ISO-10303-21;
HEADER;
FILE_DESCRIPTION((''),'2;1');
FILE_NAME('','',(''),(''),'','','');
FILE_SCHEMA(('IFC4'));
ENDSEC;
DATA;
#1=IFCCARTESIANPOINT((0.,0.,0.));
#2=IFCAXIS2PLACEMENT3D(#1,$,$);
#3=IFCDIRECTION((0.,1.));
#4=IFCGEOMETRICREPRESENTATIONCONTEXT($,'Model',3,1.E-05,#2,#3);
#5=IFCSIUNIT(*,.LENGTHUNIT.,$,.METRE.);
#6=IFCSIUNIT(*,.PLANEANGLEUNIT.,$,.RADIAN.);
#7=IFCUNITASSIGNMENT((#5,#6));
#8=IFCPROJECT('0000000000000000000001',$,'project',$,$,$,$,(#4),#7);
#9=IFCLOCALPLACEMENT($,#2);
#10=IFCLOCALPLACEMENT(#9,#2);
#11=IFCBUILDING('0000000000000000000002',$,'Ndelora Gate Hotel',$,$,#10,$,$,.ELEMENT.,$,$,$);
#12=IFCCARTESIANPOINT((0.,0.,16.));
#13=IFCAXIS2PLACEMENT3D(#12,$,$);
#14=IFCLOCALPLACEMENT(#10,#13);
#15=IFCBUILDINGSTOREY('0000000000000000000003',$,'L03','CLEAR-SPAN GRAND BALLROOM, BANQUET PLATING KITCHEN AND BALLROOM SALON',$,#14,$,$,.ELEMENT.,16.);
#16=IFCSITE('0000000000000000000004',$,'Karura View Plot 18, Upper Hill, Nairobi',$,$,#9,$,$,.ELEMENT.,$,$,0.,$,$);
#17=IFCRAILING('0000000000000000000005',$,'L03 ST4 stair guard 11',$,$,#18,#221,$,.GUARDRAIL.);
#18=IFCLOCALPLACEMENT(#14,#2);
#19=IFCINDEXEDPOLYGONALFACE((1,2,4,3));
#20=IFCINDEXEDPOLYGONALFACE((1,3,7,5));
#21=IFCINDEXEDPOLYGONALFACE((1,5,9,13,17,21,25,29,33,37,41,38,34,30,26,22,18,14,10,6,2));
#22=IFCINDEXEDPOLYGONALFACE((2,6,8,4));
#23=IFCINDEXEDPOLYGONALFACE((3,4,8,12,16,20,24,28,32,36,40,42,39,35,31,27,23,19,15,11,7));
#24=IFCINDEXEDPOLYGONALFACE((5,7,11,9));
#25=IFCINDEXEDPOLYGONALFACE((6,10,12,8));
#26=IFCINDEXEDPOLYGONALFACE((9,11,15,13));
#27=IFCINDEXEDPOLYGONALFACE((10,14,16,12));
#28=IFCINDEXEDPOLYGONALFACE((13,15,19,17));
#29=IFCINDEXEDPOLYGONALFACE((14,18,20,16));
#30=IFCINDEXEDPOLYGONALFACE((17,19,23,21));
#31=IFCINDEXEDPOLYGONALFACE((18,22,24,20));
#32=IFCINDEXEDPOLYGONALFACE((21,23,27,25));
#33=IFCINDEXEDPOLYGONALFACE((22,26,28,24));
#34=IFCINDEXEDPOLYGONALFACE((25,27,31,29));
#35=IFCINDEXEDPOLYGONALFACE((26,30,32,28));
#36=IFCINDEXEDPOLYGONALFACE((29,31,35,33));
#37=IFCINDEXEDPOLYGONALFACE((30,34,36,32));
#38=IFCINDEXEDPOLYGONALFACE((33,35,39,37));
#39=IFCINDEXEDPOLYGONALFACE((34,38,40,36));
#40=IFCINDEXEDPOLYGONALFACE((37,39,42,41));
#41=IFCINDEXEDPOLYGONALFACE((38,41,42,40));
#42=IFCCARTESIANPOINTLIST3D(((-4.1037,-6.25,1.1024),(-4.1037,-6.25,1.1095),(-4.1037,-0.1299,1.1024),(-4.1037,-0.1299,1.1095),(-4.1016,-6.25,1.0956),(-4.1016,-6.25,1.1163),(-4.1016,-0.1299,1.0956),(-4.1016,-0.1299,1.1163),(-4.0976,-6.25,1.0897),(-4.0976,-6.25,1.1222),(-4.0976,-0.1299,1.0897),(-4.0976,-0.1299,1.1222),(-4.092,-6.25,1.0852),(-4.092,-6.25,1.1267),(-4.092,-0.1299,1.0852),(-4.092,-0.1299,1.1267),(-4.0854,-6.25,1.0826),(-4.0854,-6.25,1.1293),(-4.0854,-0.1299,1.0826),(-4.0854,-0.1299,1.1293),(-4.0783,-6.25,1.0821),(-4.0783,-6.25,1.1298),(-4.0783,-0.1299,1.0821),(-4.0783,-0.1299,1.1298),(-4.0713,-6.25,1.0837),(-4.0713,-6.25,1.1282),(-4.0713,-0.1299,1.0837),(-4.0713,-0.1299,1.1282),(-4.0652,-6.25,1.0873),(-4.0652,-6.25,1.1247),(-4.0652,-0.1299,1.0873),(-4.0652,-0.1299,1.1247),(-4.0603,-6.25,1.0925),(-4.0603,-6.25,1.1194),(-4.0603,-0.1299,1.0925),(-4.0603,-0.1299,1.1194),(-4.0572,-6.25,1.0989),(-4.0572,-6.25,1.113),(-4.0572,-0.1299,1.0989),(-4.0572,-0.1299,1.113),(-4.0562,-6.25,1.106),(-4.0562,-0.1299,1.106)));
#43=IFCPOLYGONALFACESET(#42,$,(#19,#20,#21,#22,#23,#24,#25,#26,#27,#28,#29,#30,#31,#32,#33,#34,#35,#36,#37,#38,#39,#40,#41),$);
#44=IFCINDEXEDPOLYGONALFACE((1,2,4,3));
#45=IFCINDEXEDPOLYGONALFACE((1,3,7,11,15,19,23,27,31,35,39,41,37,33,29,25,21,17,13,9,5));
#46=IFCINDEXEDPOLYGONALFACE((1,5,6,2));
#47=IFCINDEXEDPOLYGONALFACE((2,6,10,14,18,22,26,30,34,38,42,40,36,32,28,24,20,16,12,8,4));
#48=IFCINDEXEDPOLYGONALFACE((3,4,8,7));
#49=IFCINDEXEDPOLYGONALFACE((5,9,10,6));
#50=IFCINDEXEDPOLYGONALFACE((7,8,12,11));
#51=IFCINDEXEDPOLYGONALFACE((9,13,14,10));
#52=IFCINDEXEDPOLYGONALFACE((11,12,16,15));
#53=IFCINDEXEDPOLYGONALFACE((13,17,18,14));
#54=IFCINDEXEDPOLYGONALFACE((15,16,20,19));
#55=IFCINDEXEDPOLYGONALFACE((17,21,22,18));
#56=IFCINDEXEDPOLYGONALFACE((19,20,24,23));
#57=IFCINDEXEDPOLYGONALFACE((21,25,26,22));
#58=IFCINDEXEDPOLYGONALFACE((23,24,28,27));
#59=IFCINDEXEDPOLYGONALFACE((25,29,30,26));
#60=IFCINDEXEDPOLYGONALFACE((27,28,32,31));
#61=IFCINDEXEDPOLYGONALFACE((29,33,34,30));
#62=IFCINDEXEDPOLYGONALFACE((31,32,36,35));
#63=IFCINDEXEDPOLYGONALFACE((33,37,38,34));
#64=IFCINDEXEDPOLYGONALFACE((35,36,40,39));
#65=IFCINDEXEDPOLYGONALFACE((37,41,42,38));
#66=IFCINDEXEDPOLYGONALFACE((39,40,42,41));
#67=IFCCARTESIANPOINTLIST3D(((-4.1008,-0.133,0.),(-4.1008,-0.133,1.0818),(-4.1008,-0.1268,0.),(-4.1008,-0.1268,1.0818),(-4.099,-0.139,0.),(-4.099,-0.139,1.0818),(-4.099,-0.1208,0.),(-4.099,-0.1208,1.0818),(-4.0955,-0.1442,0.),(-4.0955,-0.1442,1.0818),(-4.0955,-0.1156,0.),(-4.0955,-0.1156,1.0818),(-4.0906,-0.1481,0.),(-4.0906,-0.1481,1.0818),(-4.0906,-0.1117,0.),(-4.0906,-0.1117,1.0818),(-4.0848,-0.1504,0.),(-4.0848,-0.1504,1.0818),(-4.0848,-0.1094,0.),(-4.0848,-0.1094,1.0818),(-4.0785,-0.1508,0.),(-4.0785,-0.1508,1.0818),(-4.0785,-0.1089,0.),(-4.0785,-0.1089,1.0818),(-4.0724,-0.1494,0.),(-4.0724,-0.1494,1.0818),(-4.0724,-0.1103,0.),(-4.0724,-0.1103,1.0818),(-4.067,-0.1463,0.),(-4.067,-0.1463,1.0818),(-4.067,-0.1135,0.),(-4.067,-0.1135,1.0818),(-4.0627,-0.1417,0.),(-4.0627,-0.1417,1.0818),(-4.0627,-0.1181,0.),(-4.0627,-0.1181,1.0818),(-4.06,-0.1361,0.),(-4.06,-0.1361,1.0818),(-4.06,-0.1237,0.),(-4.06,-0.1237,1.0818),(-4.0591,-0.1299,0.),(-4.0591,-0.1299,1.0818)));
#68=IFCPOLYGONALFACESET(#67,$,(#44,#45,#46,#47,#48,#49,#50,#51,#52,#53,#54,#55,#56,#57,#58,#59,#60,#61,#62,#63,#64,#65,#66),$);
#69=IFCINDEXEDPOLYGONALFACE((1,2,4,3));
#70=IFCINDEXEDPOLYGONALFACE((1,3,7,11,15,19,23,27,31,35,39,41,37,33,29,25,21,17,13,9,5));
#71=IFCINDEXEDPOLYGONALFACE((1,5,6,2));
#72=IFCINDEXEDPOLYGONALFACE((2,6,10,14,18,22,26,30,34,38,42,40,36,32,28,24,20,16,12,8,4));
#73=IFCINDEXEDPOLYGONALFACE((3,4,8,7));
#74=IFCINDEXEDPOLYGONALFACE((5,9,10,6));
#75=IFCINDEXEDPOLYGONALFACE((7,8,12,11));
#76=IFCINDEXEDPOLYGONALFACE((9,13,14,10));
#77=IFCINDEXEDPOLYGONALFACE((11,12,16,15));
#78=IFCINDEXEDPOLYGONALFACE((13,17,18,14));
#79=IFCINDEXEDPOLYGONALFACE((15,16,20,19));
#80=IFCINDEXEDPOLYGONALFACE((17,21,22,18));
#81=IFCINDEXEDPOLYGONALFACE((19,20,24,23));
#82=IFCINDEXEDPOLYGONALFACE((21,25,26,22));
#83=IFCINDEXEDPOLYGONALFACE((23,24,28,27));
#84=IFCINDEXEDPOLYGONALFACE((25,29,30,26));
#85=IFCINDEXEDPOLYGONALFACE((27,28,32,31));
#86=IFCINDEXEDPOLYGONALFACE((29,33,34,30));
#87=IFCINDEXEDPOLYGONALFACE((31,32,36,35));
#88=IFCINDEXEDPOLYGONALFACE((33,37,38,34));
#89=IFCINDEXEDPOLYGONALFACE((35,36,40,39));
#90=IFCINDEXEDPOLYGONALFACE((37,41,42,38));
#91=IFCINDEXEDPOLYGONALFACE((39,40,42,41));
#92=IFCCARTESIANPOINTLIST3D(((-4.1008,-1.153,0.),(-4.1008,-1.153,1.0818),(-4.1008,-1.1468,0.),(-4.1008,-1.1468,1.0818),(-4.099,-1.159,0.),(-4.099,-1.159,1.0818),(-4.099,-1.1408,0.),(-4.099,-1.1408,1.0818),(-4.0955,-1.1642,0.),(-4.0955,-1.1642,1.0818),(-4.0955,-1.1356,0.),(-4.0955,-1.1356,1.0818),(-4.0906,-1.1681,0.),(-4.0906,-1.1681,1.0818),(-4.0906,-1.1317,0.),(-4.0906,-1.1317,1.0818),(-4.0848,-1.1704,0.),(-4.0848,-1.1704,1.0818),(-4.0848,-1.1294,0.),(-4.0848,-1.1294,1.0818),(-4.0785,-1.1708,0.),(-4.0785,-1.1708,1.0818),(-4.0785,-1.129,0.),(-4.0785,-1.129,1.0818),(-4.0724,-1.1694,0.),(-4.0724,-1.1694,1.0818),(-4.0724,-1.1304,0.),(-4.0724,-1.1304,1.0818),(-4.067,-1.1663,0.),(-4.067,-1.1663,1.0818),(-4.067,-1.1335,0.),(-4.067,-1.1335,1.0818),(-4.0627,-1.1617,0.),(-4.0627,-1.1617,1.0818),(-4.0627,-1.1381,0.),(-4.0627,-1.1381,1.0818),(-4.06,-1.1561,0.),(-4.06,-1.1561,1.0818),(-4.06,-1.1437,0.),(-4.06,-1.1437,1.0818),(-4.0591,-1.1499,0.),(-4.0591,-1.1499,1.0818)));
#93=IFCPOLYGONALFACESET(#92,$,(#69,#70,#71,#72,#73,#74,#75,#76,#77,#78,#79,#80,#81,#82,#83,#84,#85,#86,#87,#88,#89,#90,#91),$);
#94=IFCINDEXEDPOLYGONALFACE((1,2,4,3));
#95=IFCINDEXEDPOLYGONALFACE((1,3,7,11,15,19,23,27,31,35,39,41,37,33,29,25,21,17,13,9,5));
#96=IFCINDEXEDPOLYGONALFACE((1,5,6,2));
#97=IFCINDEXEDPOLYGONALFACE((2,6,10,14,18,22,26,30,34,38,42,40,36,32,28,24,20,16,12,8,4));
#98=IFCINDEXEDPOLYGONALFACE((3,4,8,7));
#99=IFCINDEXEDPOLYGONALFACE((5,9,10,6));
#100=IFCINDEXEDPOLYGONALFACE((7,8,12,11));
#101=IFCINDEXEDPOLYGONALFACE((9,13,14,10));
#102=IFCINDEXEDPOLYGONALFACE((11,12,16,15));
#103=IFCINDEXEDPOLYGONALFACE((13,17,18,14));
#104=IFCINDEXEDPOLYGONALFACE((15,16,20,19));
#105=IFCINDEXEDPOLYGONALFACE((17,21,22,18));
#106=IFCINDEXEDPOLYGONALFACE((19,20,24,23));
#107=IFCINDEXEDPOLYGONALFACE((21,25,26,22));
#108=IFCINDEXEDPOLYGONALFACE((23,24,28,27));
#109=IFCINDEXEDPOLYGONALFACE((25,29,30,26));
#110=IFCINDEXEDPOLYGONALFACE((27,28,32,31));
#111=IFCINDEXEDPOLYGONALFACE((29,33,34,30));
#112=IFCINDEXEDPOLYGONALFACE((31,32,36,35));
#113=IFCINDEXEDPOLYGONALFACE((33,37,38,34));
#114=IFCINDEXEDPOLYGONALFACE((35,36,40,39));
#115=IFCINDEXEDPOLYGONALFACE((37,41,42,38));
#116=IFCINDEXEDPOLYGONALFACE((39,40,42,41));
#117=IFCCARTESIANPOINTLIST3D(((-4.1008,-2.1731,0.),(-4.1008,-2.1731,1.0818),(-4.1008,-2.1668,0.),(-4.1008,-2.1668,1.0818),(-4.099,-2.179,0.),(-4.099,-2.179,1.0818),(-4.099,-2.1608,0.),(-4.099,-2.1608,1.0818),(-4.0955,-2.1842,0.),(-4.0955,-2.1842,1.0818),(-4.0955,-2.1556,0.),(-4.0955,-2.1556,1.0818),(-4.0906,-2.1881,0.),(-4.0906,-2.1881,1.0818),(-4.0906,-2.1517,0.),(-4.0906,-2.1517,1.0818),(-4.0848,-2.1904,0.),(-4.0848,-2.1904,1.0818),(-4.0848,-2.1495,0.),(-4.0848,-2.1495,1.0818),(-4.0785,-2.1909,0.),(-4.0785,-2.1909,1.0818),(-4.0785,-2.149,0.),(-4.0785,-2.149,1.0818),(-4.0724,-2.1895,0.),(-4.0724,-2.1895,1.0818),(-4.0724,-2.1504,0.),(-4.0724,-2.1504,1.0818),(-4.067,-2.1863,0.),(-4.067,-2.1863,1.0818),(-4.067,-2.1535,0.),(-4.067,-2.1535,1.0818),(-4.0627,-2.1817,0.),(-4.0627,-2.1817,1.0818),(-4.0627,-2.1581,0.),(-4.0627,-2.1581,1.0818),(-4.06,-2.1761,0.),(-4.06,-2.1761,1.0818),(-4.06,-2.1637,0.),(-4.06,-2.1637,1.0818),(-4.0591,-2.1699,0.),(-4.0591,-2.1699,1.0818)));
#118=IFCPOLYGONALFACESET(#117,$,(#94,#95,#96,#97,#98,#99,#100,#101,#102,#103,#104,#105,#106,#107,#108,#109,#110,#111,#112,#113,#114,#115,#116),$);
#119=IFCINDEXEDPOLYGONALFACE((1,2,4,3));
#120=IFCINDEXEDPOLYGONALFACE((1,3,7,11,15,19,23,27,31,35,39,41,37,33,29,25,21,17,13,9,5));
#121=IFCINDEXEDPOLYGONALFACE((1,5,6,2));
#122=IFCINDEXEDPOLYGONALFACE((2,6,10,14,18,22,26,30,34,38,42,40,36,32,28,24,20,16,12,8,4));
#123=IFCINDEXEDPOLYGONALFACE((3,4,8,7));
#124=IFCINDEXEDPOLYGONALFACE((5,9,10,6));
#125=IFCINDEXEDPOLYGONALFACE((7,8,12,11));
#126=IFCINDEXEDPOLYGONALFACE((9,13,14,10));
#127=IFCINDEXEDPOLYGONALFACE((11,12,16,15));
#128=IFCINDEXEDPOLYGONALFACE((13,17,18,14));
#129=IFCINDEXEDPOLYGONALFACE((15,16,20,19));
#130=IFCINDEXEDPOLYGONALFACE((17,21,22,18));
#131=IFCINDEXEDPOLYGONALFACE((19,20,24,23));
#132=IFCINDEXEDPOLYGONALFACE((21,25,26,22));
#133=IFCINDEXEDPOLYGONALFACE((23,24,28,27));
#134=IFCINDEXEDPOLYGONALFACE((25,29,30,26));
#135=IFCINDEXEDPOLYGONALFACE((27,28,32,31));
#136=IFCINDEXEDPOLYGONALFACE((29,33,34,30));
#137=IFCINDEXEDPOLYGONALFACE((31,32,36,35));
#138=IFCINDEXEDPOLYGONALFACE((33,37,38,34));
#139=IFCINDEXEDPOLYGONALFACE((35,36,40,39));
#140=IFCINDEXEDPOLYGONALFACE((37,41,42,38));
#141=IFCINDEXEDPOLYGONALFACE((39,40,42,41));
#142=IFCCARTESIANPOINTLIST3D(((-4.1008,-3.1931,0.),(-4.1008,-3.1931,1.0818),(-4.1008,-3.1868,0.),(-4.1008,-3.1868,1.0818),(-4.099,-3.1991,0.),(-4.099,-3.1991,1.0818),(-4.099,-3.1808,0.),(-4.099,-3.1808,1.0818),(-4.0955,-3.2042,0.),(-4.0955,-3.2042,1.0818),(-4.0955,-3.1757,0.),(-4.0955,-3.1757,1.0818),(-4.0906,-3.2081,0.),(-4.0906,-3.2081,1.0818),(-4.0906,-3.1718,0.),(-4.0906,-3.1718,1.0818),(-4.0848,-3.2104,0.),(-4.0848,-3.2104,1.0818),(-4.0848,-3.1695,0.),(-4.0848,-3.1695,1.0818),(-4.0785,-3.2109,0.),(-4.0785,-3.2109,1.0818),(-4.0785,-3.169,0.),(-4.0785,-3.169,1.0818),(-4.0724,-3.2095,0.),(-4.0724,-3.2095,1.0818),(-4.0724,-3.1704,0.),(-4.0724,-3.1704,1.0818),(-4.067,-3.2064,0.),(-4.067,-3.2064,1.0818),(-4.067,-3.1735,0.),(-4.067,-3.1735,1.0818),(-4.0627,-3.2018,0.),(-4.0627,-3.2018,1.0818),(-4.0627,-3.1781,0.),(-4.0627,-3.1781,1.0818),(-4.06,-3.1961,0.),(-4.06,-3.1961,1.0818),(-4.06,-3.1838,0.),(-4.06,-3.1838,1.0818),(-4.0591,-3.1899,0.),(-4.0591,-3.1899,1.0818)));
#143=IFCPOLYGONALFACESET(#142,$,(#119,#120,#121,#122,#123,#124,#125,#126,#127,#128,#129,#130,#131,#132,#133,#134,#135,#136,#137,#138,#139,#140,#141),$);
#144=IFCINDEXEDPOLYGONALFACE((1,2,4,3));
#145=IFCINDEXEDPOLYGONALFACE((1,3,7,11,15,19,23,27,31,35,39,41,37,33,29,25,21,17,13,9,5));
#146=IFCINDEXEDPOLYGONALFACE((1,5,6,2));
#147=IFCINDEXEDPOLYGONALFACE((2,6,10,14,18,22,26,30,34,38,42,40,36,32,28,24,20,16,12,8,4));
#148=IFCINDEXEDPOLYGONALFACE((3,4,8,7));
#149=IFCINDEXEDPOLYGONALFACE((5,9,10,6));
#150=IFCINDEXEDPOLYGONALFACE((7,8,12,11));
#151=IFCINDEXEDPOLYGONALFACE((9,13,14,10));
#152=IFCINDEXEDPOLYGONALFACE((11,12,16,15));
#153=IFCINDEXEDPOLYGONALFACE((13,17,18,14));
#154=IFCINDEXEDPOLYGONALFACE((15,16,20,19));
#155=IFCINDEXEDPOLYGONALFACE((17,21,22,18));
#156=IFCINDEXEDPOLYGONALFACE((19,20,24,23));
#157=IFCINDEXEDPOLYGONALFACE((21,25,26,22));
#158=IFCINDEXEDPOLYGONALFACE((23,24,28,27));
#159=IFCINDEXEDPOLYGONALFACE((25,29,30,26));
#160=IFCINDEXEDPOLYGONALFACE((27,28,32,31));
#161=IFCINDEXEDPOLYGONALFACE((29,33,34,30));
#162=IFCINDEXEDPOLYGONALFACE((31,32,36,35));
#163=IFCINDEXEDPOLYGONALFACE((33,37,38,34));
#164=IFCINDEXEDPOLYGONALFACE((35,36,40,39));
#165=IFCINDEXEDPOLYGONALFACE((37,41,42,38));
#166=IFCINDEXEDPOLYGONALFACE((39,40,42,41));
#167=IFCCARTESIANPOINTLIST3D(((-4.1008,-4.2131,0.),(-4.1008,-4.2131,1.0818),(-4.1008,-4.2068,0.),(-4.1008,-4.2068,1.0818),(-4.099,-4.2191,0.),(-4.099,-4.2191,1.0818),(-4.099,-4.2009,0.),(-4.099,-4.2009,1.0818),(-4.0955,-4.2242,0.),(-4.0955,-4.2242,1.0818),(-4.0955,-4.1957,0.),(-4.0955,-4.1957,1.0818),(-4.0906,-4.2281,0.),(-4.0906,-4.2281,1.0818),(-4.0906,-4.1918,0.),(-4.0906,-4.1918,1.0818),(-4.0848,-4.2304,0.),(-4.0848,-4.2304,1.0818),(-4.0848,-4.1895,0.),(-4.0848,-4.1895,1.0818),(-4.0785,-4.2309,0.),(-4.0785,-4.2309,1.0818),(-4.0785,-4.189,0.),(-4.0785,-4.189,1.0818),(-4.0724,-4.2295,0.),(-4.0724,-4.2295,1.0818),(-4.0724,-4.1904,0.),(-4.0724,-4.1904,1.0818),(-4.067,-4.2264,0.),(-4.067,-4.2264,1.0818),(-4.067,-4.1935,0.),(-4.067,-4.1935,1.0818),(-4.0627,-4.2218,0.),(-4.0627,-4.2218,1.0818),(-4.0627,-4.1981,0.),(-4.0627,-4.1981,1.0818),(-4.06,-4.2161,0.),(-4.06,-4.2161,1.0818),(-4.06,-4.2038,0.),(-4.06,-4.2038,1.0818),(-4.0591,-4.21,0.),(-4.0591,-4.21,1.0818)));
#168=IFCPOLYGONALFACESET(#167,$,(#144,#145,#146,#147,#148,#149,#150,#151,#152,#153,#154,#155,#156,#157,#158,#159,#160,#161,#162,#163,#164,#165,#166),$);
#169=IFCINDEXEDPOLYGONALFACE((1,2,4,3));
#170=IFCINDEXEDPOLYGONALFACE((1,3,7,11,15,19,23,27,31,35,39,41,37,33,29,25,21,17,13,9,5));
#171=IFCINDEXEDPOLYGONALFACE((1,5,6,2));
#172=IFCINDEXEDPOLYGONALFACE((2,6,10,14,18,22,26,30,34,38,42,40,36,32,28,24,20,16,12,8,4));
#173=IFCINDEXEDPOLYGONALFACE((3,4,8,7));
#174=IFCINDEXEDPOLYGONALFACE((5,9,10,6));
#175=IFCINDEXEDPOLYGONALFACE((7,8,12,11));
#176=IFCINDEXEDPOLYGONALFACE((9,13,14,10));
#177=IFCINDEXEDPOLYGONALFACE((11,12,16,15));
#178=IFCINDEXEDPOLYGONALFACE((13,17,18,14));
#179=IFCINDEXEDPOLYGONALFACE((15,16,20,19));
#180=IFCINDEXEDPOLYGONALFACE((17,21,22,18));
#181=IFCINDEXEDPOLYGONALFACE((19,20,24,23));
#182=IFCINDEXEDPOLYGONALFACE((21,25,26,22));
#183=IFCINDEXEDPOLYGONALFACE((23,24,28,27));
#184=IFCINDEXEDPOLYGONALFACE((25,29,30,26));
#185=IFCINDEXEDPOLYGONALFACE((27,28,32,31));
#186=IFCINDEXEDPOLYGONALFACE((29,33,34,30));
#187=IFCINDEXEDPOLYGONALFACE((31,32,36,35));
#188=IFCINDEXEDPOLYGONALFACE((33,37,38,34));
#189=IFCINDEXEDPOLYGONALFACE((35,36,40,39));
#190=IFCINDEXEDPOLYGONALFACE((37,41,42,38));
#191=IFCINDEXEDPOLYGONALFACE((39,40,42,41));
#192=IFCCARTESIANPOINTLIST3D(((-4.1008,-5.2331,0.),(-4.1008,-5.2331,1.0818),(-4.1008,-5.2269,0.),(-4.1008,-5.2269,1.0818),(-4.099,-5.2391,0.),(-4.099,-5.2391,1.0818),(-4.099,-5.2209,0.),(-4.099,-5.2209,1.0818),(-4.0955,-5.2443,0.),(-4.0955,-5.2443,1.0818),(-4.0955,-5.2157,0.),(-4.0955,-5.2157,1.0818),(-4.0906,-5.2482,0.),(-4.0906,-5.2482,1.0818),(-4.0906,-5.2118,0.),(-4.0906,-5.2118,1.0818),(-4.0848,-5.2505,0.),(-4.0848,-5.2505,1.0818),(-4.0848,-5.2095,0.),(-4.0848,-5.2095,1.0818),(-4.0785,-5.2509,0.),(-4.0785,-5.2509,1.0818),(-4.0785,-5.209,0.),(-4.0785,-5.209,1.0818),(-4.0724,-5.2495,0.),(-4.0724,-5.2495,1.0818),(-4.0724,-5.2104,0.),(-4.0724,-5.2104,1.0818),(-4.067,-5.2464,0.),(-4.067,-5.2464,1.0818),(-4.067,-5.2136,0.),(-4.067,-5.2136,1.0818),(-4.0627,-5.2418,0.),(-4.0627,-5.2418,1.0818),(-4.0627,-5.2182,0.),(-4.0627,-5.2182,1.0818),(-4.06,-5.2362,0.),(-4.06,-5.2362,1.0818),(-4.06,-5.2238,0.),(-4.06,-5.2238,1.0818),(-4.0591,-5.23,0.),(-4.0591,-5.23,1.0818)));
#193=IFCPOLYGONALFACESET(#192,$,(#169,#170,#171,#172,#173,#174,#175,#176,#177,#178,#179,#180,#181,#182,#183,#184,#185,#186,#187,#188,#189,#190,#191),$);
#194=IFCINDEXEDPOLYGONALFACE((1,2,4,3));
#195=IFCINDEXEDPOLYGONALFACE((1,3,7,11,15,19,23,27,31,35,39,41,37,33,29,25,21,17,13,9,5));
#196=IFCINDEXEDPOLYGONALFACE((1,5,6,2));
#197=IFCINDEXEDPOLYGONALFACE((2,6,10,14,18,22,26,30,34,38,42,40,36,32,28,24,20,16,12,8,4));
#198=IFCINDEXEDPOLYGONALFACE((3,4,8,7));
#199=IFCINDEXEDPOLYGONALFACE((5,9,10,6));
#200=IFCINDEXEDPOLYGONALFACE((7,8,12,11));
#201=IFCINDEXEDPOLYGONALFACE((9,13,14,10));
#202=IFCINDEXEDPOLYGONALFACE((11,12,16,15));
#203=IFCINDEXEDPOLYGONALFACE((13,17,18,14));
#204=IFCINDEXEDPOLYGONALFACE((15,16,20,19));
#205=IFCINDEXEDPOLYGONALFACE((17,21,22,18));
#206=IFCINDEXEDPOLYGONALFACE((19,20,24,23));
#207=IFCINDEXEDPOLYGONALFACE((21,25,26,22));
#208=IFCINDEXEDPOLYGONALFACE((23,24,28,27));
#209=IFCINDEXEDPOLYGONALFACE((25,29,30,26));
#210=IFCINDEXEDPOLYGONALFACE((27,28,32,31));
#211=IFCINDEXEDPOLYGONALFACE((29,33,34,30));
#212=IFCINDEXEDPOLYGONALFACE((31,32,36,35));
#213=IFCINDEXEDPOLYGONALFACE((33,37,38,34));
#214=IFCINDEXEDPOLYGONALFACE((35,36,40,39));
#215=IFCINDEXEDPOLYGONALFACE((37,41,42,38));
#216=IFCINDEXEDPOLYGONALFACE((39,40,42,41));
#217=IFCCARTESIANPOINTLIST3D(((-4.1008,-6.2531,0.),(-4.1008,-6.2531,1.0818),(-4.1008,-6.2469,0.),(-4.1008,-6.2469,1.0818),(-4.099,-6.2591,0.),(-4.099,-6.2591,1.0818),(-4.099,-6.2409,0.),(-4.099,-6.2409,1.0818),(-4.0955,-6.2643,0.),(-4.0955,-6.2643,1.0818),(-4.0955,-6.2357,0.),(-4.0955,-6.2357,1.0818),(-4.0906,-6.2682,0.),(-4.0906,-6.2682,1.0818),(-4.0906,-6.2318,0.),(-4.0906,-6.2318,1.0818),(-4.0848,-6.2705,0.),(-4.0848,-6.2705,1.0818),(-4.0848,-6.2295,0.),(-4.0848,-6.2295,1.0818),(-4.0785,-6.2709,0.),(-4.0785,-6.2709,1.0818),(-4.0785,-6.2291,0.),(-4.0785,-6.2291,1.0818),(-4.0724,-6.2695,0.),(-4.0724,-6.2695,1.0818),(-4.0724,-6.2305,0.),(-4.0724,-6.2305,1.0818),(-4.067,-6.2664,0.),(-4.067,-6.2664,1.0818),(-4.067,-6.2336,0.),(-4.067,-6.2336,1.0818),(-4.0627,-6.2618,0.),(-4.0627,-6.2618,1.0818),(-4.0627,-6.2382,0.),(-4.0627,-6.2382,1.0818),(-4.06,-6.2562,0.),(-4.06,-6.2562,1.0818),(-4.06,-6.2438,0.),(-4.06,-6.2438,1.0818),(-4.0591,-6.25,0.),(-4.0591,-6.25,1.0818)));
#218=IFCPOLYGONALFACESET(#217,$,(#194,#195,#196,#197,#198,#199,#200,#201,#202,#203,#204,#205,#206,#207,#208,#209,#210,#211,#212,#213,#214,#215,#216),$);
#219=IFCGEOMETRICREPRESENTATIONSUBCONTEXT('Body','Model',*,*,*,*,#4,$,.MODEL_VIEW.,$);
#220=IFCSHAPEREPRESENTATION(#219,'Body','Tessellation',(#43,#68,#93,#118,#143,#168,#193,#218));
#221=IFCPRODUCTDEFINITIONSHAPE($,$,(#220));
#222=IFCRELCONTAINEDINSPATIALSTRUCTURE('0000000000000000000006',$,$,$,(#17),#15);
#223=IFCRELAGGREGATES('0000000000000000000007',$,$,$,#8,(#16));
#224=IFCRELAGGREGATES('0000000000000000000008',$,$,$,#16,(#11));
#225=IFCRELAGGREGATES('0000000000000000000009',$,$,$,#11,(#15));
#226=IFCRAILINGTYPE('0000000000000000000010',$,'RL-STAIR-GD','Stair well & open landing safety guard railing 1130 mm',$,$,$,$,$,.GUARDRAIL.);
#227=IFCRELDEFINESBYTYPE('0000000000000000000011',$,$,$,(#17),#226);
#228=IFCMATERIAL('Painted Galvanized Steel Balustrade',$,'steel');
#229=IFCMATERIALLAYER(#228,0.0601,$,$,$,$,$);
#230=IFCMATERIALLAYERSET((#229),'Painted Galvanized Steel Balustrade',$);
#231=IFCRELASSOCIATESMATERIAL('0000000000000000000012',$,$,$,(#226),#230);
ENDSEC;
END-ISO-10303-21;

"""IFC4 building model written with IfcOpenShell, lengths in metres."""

from ifc_helpers import new_model, si_unit, direction, frame, origin, origin_2d, place, context, subcontext, project, spatial, circle, extrude, material, layer, layer_set, type_object, element, save


model = new_model("IFC4")

# Units and contexts
model_context = context("Model", 3, precision=1e-05, world=origin(), true_north=direction((0.0, 1.0)))
body_context = subcontext(model_context, "Body", "Model", "MODEL_VIEW")
ifc_project = project(units=[si_unit("LENGTHUNIT", "METRE"), si_unit("PLANEANGLEUNIT", "RADIAN")], contexts=[model_context])

# Site, building, storey
site_placement = place(None, origin())
site = spatial("IfcSite", under=ifc_project, at=site_placement, Name="Karura View Plot 18, Upper Hill, Nairobi", CompositionType="ELEMENT", RefElevation=0.0)
building_placement = place(site_placement, origin())
building = spatial("IfcBuilding", under=site, at=building_placement, Name="Ndelora Gate Hotel", CompositionType="ELEMENT")
storey_placement = place(building_placement, frame((0.0, 0.0, 16.0)))
storey = spatial("IfcBuildingStorey", under=building, at=storey_placement, Name="L03", Description="CLEAR-SPAN GRAND BALLROOM, BANQUET PLATING KITCHEN AND BALLROOM SALON", CompositionType="ELEMENT", Elevation=16.0)

# Railing
ifc_material_1 = material(Name="Painted Galvanized Steel Balustrade", Category="steel")
ifc_layer_1 = layer(ifc_material_1, 0.0601)
ifc_layer_set_1 = layer_set([ifc_layer_1], Name="Painted Galvanized Steel Balustrade")
railing_type_1 = type_object("IfcRailingType", Name="RL-STAIR-GD", Description="Stair well & open landing safety guard railing 1130 mm", PredefinedType="GUARDRAIL", material=ifc_layer_set_1)
railing_1_placement = place(storey_placement, frame((-4.0801, -0.1299, 0.0)))
element("IfcRailing", 1, at=railing_1_placement, inside=storey, type_object=railing_type_1, Name="L03 ST4 stair guard 11", PredefinedType="GUARDRAIL", context=body_context, shape_type="SweptSolid", body=[
    extrude(circle(Radius=0.0239, at=origin_2d()), frame((0.0, 0.0, 1.106), z_axis=(0.0, -1.0, 0.0), x_axis=(1.0, 0.0, 0.0)), (0.0, 0.0, 1.0), 6.1201),
    extrude(circle(Radius=0.021, at=origin_2d()), origin(), (0.0, 0.0, 1.0), 1.0818),
    extrude(circle(Radius=0.021, at=origin_2d()), frame((0.0, -1.02, 0.0)), (0.0, 0.0, 1.0), 1.0818),
    extrude(circle(Radius=0.021, at=origin_2d()), frame((0.0, -2.04, 0.0)), (0.0, 0.0, 1.0), 1.0818),
    extrude(circle(Radius=0.021, at=origin_2d()), frame((0.0, -3.0601, 0.0)), (0.0, 0.0, 1.0), 1.0818),
    extrude(circle(Radius=0.021, at=origin_2d()), frame((0.0, -4.0801, 0.0)), (0.0, 0.0, 1.0), 1.0818),
    extrude(circle(Radius=0.021, at=origin_2d()), frame((0.0, -5.1001, 0.0)), (0.0, 0.0, 1.0), 1.0818),
    extrude(circle(Radius=0.021, at=origin_2d()), frame((0.0, -6.1201, 0.0)), (0.0, 0.0, 1.0), 1.0818),
])

save(model, "model.ifc")
